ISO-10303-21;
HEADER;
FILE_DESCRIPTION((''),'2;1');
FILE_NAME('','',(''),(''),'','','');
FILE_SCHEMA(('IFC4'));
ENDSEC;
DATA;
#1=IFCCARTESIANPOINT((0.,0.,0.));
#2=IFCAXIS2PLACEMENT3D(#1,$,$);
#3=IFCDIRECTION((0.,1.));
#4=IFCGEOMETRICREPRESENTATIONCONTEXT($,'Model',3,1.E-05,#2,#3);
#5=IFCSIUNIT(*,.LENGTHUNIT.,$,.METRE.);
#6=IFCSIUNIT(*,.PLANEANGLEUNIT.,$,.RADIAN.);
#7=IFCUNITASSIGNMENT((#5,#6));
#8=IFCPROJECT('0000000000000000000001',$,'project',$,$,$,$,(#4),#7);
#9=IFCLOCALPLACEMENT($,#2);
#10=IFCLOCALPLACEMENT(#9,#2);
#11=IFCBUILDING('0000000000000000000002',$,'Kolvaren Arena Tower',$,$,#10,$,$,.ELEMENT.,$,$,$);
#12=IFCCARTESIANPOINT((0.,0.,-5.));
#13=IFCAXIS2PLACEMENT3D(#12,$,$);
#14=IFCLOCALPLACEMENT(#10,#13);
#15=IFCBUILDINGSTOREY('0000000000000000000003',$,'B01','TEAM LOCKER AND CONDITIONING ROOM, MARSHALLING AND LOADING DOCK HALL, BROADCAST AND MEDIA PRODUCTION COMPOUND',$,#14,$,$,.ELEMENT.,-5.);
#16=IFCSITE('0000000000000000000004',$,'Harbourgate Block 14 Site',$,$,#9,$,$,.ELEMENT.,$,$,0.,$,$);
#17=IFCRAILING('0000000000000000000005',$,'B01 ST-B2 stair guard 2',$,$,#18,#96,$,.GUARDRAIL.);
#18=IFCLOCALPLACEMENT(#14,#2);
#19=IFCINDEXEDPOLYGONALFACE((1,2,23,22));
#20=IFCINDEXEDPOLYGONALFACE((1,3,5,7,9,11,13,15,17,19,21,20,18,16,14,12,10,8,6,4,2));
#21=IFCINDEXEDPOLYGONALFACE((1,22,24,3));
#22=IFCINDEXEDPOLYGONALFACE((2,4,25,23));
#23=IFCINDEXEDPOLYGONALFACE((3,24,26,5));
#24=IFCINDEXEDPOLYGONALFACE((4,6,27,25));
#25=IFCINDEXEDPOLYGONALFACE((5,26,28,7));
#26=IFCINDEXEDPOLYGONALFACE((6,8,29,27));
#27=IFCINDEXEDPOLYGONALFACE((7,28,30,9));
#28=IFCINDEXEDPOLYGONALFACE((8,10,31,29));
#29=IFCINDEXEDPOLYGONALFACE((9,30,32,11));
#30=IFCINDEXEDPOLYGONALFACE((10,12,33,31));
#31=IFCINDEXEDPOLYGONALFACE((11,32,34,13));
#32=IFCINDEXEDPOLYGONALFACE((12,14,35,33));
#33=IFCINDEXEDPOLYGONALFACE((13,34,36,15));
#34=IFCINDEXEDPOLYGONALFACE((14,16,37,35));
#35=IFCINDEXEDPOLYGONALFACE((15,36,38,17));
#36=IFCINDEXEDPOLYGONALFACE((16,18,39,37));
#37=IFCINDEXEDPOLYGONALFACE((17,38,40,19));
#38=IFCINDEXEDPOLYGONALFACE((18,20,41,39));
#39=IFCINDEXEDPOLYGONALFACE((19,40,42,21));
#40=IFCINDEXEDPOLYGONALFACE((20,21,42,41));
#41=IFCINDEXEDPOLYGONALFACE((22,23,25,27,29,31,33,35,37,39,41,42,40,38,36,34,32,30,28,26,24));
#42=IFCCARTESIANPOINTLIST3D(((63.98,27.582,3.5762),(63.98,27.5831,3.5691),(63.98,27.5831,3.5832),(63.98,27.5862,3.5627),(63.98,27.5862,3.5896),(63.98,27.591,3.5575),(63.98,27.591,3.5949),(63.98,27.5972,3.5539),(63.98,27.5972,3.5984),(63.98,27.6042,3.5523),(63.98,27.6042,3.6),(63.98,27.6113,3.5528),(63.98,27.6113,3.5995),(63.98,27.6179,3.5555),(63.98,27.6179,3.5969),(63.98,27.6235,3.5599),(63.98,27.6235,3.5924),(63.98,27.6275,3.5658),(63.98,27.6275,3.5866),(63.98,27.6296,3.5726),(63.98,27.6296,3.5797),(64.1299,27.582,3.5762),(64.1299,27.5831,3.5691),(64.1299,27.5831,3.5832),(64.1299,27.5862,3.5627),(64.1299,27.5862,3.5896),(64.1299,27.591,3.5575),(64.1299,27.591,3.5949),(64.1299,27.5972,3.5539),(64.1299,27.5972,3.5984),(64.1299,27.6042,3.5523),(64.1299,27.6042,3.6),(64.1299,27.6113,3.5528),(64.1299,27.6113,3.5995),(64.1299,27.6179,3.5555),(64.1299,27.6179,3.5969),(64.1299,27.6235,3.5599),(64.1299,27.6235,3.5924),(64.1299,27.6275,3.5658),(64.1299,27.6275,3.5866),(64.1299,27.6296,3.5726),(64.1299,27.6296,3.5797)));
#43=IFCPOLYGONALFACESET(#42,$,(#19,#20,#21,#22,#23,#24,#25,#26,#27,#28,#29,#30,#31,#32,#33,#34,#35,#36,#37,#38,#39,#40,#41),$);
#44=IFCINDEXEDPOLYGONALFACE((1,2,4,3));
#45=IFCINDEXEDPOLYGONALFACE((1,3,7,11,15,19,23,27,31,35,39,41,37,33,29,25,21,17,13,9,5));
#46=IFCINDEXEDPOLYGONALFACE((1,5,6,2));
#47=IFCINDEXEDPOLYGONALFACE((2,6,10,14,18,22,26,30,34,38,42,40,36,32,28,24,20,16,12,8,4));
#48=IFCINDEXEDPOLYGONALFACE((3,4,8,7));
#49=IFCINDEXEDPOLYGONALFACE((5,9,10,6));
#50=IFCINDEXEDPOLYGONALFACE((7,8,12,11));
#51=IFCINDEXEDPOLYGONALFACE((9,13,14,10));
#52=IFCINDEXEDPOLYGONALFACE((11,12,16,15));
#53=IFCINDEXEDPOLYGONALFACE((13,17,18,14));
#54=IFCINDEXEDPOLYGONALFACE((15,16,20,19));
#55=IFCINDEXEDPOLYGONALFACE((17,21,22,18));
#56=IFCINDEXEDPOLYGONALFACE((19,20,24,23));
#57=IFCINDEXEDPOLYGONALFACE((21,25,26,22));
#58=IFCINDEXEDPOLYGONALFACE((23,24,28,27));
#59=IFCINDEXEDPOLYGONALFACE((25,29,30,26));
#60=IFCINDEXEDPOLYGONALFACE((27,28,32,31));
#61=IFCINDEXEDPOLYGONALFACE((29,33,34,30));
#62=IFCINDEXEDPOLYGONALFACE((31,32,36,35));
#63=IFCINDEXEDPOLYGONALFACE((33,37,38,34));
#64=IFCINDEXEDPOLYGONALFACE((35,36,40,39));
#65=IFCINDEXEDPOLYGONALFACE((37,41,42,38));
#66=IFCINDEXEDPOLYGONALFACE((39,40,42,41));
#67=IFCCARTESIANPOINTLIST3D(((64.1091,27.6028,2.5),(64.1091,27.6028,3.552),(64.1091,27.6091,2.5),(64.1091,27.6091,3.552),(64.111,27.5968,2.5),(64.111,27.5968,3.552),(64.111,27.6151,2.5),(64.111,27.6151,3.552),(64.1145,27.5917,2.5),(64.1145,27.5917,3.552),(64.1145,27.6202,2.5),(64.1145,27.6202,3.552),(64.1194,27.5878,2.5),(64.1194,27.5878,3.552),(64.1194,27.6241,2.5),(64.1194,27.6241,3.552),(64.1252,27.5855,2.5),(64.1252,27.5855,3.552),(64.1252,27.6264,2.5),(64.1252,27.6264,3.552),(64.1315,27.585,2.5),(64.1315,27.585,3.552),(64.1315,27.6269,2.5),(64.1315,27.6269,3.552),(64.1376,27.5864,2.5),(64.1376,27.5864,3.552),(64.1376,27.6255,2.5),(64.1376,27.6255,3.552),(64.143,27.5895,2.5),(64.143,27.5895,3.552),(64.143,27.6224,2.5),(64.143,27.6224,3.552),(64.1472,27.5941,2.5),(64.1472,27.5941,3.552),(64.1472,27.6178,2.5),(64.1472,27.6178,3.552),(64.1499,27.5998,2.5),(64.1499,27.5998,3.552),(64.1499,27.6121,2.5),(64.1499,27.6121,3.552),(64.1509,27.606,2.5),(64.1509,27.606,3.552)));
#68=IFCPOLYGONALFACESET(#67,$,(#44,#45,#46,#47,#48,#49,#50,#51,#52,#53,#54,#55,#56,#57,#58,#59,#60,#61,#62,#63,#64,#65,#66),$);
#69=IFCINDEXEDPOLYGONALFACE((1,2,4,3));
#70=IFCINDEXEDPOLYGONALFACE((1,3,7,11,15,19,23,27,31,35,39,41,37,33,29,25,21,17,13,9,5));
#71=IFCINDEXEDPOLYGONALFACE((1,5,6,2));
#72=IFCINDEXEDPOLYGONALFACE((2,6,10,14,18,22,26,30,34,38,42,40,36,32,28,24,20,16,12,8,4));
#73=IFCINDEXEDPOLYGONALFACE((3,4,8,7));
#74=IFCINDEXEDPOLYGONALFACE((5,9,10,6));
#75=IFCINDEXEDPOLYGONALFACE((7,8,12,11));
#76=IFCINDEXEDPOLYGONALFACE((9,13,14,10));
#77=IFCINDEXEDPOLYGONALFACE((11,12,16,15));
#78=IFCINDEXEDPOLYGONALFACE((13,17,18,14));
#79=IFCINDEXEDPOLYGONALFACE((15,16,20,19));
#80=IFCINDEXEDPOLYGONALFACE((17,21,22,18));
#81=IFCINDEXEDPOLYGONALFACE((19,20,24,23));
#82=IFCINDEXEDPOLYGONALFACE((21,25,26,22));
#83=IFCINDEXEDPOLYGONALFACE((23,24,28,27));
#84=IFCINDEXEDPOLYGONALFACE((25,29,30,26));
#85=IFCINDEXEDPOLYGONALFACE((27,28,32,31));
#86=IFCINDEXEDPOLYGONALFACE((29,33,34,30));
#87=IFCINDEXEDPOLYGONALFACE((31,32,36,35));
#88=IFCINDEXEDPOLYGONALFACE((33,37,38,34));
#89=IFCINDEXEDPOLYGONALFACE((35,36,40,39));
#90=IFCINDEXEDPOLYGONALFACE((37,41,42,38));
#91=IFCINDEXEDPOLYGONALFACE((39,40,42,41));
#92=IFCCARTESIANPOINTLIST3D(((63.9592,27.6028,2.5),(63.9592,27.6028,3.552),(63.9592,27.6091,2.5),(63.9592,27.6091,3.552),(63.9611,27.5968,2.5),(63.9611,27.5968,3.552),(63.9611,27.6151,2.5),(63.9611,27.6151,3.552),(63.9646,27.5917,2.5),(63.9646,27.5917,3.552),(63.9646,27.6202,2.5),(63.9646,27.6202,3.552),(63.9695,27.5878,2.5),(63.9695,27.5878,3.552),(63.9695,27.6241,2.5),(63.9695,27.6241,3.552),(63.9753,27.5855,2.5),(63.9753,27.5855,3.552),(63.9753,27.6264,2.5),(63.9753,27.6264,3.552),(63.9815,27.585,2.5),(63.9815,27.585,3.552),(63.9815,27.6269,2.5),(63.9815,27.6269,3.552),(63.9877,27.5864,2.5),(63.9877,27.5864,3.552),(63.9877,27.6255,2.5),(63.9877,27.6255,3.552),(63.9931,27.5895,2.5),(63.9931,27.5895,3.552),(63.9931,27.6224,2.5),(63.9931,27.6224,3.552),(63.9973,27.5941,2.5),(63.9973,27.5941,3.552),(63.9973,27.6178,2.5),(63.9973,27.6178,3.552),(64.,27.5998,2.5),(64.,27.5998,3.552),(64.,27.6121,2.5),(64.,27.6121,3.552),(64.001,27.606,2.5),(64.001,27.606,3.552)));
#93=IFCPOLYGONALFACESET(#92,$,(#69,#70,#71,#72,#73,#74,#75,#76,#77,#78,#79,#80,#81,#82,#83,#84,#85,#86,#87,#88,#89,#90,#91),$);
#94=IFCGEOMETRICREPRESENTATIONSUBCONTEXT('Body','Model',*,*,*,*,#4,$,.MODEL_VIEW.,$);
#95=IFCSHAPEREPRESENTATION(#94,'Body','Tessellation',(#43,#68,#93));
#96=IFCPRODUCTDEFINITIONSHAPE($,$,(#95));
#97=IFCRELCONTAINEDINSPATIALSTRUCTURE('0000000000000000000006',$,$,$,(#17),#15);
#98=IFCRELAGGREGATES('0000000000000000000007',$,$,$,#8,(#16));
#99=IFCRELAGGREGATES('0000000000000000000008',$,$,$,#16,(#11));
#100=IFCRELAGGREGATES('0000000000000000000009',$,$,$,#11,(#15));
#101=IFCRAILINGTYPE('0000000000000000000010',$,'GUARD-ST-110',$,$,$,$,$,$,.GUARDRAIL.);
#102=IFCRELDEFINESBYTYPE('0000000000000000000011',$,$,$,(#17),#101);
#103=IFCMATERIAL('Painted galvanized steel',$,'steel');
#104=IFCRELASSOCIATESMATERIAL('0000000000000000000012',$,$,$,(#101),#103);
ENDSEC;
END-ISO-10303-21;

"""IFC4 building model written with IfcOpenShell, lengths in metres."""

from ifc_helpers import new_model, si_unit, direction, frame, origin, origin_2d, place, context, subcontext, project, spatial, circle, extrude, material, type_object, element, save


model = new_model("IFC4")

# Units and contexts
model_context = context("Model", 3, precision=1e-05, world=origin(), true_north=direction((0.0, 1.0)))
body_context = subcontext(model_context, "Body", "Model", "MODEL_VIEW")
ifc_project = project(units=[si_unit("LENGTHUNIT", "METRE"), si_unit("PLANEANGLEUNIT", "RADIAN")], contexts=[model_context])

# Site, building, storey
site_placement = place(None, origin())
site = spatial("IfcSite", under=ifc_project, at=site_placement, Name="Harbourgate Block 14 Site", CompositionType="ELEMENT", RefElevation=0.0)
building_placement = place(site_placement, origin())
building = spatial("IfcBuilding", under=site, at=building_placement, Name="Kolvaren Arena Tower", CompositionType="ELEMENT")
storey_placement = place(building_placement, frame((0.0, 0.0, -5.0)))
storey = spatial("IfcBuildingStorey", under=building, at=storey_placement, Name="B01", Description="TEAM LOCKER AND CONDITIONING ROOM, MARSHALLING AND LOADING DOCK HALL, BROADCAST AND MEDIA PRODUCTION COMPOUND", CompositionType="ELEMENT", Elevation=-5.0)

# Railing
ifc_material_1 = material(Name="Painted galvanized steel", Category="steel")
railing_type_1 = type_object("IfcRailingType", Name="GUARD-ST-110", PredefinedType="GUARDRAIL", material=ifc_material_1)
railing_1_placement = place(storey_placement, frame((64.1299, 27.606, 2.5)))
element("IfcRailing", 1, at=railing_1_placement, inside=storey, type_object=railing_type_1, Name="B01 ST-B2 stair guard 2", PredefinedType="GUARDRAIL", context=body_context, shape_type="SweptSolid", body=[
    extrude(circle(Radius=0.0239, at=origin_2d()), frame((0.0, 0.0, 1.0762), z_axis=(-1.0, 0.0, 0.0), x_axis=(0.0, -1.0, 0.0)), (0.0, 0.0, 1.0), 0.1499),
    extrude(circle(Radius=0.021, at=origin_2d()), origin(), (0.0, 0.0, 1.0), 1.052),
    extrude(circle(Radius=0.021, at=origin_2d()), frame((-0.1499, 0.0, 0.0)), (0.0, 0.0, 1.0), 1.052),
])

save(model, "model.ifc")
